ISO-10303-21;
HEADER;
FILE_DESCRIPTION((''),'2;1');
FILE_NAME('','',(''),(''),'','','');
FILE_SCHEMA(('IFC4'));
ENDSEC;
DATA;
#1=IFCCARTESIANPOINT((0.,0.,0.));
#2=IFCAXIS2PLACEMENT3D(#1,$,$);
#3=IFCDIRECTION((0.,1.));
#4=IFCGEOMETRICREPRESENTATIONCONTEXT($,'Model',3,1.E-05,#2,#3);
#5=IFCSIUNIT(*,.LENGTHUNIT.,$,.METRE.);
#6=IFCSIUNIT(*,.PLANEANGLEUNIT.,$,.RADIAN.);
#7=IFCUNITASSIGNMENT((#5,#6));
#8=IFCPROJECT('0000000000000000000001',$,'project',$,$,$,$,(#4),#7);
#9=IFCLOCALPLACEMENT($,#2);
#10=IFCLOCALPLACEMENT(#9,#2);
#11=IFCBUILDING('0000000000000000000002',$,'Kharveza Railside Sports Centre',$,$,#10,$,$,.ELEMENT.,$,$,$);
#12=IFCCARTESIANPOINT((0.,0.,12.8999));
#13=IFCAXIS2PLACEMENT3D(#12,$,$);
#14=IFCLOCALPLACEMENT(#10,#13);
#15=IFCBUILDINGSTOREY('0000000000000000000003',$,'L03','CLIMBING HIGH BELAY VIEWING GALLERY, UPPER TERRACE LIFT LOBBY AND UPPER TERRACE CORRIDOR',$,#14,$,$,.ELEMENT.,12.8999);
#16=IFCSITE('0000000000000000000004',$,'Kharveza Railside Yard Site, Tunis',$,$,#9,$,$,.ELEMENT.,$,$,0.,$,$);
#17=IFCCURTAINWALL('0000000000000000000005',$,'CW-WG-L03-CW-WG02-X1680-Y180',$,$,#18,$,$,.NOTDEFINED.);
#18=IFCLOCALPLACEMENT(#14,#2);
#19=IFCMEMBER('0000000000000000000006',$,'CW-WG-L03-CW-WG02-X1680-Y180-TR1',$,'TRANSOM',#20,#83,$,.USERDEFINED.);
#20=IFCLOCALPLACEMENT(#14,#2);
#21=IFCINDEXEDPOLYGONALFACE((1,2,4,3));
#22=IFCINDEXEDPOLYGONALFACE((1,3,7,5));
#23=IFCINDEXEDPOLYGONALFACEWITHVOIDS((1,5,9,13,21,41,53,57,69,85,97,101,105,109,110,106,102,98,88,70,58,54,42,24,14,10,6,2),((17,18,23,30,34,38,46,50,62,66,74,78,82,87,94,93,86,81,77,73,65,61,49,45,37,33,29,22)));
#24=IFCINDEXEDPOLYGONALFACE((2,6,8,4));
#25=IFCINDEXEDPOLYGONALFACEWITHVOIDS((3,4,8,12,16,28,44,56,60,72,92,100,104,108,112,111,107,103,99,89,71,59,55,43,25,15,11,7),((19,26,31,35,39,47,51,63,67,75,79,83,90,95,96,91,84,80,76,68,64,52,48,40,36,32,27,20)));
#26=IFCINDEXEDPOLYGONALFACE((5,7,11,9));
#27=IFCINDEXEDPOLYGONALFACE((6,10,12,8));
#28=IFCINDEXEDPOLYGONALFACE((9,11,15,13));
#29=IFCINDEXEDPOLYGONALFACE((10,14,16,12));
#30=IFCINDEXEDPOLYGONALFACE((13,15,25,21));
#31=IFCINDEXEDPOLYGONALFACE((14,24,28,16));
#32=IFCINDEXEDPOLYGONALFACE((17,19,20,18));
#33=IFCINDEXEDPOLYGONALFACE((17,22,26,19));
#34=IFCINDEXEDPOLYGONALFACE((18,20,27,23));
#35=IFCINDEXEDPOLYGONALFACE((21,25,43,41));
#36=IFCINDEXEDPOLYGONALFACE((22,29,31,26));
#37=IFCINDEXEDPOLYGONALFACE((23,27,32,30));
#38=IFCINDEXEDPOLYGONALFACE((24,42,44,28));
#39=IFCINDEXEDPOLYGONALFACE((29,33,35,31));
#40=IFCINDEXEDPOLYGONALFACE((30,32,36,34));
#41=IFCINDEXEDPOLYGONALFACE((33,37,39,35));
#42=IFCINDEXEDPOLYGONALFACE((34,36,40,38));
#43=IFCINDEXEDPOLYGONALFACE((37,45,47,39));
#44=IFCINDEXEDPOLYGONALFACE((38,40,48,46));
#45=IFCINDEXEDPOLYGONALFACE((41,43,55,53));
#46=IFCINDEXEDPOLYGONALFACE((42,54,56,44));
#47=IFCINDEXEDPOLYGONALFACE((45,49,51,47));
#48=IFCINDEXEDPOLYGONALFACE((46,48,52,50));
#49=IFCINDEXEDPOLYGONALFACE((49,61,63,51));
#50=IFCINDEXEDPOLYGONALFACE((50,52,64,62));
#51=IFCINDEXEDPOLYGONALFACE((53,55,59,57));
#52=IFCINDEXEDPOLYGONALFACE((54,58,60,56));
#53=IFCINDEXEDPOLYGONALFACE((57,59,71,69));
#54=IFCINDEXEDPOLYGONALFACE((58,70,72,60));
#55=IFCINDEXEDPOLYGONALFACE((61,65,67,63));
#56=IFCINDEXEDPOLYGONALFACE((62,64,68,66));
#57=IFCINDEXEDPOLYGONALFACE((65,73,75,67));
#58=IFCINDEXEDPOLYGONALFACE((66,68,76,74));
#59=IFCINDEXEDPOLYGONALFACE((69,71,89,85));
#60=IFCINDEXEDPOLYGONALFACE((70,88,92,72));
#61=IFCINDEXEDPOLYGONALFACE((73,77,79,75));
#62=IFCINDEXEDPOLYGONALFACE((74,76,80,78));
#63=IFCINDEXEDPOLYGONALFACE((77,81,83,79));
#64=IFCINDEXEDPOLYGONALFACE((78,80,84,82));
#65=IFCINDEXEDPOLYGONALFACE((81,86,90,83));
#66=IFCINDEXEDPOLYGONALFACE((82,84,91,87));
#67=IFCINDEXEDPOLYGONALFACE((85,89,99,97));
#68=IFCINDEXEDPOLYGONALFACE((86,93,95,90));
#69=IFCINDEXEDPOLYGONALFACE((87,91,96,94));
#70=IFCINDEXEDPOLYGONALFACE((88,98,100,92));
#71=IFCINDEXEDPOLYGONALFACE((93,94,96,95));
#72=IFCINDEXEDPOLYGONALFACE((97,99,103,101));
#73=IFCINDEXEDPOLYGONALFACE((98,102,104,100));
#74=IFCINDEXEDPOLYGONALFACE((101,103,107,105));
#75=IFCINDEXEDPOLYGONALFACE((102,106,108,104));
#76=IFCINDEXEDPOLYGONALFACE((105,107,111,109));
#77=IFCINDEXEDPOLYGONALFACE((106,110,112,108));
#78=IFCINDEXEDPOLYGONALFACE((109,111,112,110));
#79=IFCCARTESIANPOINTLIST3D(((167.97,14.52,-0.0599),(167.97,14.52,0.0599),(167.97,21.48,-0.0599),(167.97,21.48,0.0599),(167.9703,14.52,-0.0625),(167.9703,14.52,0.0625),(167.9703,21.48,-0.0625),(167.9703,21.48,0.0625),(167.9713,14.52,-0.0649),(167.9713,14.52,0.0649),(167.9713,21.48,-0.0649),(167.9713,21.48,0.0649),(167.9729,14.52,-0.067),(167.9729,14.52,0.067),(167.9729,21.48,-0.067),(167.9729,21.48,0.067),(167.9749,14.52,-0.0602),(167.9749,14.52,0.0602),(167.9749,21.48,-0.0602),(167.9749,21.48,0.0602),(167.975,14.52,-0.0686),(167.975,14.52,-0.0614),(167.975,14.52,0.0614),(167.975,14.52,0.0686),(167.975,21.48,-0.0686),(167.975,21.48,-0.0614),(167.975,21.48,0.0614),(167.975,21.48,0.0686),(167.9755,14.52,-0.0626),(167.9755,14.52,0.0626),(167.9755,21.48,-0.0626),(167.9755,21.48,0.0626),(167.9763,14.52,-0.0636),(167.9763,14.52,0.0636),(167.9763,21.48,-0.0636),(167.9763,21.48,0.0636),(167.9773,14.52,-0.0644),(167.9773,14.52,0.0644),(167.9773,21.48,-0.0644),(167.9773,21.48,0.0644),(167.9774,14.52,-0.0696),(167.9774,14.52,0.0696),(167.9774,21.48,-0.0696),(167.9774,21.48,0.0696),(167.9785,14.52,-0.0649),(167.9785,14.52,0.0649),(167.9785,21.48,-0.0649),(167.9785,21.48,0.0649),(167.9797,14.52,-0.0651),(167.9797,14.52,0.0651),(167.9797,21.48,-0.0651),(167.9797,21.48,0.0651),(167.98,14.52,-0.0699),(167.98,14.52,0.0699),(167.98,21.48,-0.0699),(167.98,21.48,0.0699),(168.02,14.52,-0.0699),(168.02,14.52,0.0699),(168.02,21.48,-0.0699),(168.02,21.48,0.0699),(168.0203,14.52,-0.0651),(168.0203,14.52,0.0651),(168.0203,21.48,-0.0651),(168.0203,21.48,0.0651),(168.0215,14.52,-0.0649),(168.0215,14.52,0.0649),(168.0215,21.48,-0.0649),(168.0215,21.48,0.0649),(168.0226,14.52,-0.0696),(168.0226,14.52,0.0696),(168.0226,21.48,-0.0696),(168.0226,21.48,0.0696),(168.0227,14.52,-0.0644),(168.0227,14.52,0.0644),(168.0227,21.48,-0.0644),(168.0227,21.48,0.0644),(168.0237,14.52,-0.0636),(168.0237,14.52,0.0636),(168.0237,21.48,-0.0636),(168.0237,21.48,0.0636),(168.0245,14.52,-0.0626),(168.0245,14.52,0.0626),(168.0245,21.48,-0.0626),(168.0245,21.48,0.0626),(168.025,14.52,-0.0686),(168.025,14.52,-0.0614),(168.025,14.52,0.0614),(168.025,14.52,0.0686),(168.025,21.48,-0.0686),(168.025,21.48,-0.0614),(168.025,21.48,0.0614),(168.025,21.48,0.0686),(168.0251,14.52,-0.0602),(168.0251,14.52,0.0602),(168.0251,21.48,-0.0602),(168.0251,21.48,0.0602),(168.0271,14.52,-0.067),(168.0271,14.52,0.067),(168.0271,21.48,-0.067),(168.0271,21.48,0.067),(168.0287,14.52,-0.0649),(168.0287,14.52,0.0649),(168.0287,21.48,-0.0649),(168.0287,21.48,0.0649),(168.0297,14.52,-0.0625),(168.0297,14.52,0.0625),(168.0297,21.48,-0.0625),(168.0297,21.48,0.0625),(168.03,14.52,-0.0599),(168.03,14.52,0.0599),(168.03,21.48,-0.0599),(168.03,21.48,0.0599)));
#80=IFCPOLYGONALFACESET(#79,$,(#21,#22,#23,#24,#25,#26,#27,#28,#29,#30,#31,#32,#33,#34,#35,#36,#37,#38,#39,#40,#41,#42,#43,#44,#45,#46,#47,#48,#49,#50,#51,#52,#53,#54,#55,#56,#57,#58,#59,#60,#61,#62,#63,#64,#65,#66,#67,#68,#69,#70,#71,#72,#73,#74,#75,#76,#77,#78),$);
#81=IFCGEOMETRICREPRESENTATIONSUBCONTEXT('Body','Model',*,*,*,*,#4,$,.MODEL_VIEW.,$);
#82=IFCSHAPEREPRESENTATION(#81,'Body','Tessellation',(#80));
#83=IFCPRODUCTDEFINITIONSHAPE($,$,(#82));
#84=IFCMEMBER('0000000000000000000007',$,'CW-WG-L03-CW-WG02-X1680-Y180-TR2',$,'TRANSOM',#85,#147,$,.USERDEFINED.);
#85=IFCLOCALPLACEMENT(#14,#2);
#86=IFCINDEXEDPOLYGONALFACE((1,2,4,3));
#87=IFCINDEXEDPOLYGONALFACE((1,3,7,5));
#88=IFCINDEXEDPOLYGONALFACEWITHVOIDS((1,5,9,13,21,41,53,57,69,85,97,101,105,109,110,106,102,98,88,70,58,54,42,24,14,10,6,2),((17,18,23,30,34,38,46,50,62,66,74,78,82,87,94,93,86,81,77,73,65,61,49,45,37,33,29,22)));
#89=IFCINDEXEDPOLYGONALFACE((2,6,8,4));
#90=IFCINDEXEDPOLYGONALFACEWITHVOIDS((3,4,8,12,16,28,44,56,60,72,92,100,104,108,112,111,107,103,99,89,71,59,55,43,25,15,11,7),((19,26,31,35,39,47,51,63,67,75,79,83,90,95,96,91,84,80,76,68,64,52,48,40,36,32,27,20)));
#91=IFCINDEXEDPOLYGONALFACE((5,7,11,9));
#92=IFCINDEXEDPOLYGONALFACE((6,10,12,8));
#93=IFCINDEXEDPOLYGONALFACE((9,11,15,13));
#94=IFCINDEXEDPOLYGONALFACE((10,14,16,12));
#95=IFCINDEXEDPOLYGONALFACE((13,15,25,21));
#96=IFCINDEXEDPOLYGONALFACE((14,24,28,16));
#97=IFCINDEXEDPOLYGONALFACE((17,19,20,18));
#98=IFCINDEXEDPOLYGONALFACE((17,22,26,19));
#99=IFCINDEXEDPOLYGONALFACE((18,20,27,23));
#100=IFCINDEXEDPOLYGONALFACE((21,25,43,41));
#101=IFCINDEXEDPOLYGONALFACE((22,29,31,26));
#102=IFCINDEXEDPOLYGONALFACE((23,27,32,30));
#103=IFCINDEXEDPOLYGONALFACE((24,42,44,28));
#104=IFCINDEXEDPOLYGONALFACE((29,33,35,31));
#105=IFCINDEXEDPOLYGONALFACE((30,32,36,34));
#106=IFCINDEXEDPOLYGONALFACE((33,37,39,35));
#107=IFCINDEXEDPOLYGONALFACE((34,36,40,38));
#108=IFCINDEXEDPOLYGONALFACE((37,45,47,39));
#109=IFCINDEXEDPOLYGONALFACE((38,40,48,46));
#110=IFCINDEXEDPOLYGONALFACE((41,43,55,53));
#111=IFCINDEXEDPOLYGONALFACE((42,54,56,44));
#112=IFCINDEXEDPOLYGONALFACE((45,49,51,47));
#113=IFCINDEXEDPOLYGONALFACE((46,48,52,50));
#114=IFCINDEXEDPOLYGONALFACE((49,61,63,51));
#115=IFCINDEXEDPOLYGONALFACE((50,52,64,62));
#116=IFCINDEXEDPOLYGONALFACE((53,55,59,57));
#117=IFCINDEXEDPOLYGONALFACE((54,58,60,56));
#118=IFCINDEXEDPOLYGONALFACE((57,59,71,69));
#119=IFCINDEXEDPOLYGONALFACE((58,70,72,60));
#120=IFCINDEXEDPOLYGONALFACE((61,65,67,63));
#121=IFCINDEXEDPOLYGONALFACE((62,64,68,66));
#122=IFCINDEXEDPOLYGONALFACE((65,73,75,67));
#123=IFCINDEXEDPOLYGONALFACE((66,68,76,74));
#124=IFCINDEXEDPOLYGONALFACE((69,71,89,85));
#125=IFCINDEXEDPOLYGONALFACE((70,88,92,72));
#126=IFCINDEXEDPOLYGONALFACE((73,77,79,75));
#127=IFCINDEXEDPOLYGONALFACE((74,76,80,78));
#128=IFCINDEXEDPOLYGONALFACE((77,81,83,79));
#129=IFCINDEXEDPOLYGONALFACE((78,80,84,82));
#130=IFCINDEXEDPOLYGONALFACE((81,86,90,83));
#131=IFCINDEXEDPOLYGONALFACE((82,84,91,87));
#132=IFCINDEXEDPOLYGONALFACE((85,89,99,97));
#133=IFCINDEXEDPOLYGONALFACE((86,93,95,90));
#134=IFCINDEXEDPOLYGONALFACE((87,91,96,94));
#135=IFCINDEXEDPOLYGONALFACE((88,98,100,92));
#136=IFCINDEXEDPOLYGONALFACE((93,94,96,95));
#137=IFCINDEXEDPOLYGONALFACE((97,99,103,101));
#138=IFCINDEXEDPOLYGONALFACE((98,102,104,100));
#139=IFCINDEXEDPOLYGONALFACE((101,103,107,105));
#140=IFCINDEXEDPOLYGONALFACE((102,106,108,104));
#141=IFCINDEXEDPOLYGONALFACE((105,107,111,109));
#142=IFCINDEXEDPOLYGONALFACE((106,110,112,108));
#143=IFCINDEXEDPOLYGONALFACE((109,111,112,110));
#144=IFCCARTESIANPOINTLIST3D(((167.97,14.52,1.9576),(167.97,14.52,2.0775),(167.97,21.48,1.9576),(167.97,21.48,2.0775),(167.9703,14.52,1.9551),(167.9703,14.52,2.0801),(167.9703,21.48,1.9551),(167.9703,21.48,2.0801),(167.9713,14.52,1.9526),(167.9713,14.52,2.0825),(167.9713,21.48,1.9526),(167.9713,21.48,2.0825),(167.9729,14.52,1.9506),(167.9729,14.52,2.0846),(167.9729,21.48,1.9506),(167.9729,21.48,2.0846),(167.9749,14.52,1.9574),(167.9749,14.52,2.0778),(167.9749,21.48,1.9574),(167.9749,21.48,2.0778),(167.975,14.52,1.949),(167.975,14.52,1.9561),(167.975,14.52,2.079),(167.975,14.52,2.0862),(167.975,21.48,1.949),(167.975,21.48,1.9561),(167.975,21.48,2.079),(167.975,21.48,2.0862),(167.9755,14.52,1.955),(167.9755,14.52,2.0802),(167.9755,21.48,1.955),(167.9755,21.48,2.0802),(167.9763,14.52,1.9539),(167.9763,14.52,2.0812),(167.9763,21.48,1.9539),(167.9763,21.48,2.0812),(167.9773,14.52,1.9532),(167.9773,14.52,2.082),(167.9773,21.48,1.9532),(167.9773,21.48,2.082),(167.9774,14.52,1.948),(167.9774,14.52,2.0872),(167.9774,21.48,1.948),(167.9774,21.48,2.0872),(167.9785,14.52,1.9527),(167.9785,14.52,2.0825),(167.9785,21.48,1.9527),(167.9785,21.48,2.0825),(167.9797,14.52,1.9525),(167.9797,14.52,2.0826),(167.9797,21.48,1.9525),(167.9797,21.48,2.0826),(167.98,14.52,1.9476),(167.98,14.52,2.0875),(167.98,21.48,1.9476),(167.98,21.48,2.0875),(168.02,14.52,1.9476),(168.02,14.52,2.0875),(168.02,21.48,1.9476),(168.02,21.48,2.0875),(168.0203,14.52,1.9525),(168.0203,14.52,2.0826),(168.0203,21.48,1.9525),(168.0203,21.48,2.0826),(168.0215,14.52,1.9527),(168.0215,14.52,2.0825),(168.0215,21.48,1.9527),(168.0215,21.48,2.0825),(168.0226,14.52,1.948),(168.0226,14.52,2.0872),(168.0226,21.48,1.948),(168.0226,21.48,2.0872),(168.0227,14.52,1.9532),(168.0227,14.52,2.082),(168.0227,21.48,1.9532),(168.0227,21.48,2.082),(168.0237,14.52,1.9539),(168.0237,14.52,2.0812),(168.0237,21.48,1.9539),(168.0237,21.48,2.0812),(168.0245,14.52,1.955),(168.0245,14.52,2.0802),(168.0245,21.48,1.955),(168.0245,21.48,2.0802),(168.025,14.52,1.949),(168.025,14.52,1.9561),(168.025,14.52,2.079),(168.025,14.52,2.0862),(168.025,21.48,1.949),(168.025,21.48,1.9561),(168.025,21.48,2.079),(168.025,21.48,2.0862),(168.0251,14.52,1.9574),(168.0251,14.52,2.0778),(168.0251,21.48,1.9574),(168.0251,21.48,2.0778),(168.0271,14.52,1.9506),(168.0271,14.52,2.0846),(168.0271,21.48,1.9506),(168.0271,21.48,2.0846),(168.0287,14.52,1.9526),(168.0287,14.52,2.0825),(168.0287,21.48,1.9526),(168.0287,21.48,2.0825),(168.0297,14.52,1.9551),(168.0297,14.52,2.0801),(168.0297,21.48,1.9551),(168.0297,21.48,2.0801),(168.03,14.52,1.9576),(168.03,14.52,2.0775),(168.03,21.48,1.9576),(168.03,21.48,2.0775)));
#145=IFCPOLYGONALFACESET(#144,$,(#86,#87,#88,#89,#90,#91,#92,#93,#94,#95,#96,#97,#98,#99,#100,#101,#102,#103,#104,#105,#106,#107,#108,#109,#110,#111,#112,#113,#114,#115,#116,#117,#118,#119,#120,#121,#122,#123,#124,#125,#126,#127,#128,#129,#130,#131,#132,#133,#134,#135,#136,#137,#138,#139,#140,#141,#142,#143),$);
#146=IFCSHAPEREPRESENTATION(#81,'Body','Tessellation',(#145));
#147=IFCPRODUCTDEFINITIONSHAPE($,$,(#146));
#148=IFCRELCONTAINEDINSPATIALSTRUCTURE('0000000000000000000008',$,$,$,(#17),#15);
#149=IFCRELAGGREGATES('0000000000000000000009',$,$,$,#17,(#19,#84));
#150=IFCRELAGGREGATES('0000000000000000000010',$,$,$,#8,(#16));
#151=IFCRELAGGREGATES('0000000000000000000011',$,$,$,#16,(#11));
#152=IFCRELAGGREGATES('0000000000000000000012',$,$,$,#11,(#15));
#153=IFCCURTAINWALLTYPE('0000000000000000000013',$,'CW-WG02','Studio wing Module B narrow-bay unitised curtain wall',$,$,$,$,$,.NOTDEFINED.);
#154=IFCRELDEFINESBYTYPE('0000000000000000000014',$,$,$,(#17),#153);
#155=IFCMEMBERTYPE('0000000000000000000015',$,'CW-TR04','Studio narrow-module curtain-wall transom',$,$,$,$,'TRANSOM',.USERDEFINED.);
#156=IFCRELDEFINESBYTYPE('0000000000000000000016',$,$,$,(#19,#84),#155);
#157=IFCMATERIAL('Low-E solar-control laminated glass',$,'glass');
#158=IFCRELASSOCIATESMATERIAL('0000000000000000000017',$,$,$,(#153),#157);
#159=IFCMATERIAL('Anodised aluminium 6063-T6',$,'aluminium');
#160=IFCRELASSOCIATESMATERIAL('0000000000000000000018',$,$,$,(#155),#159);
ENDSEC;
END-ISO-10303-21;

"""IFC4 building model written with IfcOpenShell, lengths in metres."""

from ifc_helpers import new_model, si_unit, direction, frame, origin, origin_2d, place, context, subcontext, project, spatial, hollow_rectangle, extrude, material, material_profile, profile_set, type_object, element, aggregate, save


model = new_model("IFC4")

# Units and contexts
model_context = context("Model", 3, precision=1e-05, world=origin(), true_north=direction((0.0, 1.0)))
body_context = subcontext(model_context, "Body", "Model", "MODEL_VIEW")
ifc_project = project(units=[si_unit("LENGTHUNIT", "METRE"), si_unit("PLANEANGLEUNIT", "RADIAN")], contexts=[model_context])

# Site, building, storey
site_placement = place(None, origin())
site = spatial("IfcSite", under=ifc_project, at=site_placement, Name="Kharveza Railside Yard Site, Tunis", CompositionType="ELEMENT", RefElevation=0.0)
building_placement = place(site_placement, origin())
building = spatial("IfcBuilding", under=site, at=building_placement, Name="Kharveza Railside Sports Centre", CompositionType="ELEMENT")
storey_placement = place(building_placement, frame((0.0, 0.0, 12.8999)))
storey = spatial("IfcBuildingStorey", under=building, at=storey_placement, Name="L03", Description="CLIMBING HIGH BELAY VIEWING GALLERY, UPPER TERRACE LIFT LOBBY AND UPPER TERRACE CORRIDOR", CompositionType="ELEMENT", Elevation=12.8999)

# Curtain wall, members
ifc_material_1 = material(Name="Low-E solar-control laminated glass", Category="glass")
curtain_wall_type = type_object("IfcCurtainWallType", Name="CW-WG02", Description="Studio wing Module B narrow-bay unitised curtain wall", PredefinedType="NOTDEFINED", material=ifc_material_1)
curtain_wall_placement = place(storey_placement, origin())
curtain_wall = element("IfcCurtainWall", 1, at=curtain_wall_placement, inside=storey, type_object=curtain_wall_type, Name="CW-WG-L03-CW-WG02-X1680-Y180", PredefinedType="NOTDEFINED")
ifc_material_2 = material(Name="Anodised aluminium 6063-T6", Category="aluminium")
ifc_material_profile_1 = material_profile(ifc_material_2, hollow_rectangle(XDim=0.0601, YDim=0.1399, WallThickness=0.0049, InnerFilletRadius=0.0049, OuterFilletRadius=0.01, at=origin_2d()), Name="RHS 60x140x5.0")
ifc_profile_set_1 = profile_set([ifc_material_profile_1], Name="Anodised aluminium 6063-T6")
member_type_1 = type_object("IfcMemberType", Name="CW-TR04", Description="Studio narrow-module curtain-wall transom", ElementType="TRANSOM", PredefinedType="USERDEFINED", material=ifc_profile_set_1)
member_1_placement = place(storey_placement, frame((168.0, 14.52, 0.0), z_axis=(0.0, 1.0, 0.0), x_axis=(-1.0, 0.0, 0.0)))
member_1 = element("IfcMember", 2, at=member_1_placement, type_object=member_type_1, Name="CW-WG-L03-CW-WG02-X1680-Y180-TR1", ObjectType="TRANSOM", PredefinedType="USERDEFINED", context=body_context, shape_type="SweptSolid", body=[
    extrude(hollow_rectangle(XDim=0.0601, YDim=0.1399, WallThickness=0.0049, InnerFilletRadius=0.0049, OuterFilletRadius=0.01, at=origin_2d()), origin(), (0.0, 0.0, 1.0), 6.96),
])
member_2_placement = place(storey_placement, frame((168.0, 14.52, 2.0176), z_axis=(0.0, 1.0, 0.0), x_axis=(-1.0, 0.0, 0.0)))
member_2 = element("IfcMember", 3, at=member_2_placement, type_object=member_type_1, Name="CW-WG-L03-CW-WG02-X1680-Y180-TR2", ObjectType="TRANSOM", PredefinedType="USERDEFINED", context=body_context, shape_type="SweptSolid", body=[
    extrude(hollow_rectangle(XDim=0.0601, YDim=0.1399, WallThickness=0.0049, InnerFilletRadius=0.0049, OuterFilletRadius=0.01, at=origin_2d()), origin(), (0.0, 0.0, 1.0), 6.96),
])
aggregate(curtain_wall, [member_1, member_2])

save(model, "model.ifc")
